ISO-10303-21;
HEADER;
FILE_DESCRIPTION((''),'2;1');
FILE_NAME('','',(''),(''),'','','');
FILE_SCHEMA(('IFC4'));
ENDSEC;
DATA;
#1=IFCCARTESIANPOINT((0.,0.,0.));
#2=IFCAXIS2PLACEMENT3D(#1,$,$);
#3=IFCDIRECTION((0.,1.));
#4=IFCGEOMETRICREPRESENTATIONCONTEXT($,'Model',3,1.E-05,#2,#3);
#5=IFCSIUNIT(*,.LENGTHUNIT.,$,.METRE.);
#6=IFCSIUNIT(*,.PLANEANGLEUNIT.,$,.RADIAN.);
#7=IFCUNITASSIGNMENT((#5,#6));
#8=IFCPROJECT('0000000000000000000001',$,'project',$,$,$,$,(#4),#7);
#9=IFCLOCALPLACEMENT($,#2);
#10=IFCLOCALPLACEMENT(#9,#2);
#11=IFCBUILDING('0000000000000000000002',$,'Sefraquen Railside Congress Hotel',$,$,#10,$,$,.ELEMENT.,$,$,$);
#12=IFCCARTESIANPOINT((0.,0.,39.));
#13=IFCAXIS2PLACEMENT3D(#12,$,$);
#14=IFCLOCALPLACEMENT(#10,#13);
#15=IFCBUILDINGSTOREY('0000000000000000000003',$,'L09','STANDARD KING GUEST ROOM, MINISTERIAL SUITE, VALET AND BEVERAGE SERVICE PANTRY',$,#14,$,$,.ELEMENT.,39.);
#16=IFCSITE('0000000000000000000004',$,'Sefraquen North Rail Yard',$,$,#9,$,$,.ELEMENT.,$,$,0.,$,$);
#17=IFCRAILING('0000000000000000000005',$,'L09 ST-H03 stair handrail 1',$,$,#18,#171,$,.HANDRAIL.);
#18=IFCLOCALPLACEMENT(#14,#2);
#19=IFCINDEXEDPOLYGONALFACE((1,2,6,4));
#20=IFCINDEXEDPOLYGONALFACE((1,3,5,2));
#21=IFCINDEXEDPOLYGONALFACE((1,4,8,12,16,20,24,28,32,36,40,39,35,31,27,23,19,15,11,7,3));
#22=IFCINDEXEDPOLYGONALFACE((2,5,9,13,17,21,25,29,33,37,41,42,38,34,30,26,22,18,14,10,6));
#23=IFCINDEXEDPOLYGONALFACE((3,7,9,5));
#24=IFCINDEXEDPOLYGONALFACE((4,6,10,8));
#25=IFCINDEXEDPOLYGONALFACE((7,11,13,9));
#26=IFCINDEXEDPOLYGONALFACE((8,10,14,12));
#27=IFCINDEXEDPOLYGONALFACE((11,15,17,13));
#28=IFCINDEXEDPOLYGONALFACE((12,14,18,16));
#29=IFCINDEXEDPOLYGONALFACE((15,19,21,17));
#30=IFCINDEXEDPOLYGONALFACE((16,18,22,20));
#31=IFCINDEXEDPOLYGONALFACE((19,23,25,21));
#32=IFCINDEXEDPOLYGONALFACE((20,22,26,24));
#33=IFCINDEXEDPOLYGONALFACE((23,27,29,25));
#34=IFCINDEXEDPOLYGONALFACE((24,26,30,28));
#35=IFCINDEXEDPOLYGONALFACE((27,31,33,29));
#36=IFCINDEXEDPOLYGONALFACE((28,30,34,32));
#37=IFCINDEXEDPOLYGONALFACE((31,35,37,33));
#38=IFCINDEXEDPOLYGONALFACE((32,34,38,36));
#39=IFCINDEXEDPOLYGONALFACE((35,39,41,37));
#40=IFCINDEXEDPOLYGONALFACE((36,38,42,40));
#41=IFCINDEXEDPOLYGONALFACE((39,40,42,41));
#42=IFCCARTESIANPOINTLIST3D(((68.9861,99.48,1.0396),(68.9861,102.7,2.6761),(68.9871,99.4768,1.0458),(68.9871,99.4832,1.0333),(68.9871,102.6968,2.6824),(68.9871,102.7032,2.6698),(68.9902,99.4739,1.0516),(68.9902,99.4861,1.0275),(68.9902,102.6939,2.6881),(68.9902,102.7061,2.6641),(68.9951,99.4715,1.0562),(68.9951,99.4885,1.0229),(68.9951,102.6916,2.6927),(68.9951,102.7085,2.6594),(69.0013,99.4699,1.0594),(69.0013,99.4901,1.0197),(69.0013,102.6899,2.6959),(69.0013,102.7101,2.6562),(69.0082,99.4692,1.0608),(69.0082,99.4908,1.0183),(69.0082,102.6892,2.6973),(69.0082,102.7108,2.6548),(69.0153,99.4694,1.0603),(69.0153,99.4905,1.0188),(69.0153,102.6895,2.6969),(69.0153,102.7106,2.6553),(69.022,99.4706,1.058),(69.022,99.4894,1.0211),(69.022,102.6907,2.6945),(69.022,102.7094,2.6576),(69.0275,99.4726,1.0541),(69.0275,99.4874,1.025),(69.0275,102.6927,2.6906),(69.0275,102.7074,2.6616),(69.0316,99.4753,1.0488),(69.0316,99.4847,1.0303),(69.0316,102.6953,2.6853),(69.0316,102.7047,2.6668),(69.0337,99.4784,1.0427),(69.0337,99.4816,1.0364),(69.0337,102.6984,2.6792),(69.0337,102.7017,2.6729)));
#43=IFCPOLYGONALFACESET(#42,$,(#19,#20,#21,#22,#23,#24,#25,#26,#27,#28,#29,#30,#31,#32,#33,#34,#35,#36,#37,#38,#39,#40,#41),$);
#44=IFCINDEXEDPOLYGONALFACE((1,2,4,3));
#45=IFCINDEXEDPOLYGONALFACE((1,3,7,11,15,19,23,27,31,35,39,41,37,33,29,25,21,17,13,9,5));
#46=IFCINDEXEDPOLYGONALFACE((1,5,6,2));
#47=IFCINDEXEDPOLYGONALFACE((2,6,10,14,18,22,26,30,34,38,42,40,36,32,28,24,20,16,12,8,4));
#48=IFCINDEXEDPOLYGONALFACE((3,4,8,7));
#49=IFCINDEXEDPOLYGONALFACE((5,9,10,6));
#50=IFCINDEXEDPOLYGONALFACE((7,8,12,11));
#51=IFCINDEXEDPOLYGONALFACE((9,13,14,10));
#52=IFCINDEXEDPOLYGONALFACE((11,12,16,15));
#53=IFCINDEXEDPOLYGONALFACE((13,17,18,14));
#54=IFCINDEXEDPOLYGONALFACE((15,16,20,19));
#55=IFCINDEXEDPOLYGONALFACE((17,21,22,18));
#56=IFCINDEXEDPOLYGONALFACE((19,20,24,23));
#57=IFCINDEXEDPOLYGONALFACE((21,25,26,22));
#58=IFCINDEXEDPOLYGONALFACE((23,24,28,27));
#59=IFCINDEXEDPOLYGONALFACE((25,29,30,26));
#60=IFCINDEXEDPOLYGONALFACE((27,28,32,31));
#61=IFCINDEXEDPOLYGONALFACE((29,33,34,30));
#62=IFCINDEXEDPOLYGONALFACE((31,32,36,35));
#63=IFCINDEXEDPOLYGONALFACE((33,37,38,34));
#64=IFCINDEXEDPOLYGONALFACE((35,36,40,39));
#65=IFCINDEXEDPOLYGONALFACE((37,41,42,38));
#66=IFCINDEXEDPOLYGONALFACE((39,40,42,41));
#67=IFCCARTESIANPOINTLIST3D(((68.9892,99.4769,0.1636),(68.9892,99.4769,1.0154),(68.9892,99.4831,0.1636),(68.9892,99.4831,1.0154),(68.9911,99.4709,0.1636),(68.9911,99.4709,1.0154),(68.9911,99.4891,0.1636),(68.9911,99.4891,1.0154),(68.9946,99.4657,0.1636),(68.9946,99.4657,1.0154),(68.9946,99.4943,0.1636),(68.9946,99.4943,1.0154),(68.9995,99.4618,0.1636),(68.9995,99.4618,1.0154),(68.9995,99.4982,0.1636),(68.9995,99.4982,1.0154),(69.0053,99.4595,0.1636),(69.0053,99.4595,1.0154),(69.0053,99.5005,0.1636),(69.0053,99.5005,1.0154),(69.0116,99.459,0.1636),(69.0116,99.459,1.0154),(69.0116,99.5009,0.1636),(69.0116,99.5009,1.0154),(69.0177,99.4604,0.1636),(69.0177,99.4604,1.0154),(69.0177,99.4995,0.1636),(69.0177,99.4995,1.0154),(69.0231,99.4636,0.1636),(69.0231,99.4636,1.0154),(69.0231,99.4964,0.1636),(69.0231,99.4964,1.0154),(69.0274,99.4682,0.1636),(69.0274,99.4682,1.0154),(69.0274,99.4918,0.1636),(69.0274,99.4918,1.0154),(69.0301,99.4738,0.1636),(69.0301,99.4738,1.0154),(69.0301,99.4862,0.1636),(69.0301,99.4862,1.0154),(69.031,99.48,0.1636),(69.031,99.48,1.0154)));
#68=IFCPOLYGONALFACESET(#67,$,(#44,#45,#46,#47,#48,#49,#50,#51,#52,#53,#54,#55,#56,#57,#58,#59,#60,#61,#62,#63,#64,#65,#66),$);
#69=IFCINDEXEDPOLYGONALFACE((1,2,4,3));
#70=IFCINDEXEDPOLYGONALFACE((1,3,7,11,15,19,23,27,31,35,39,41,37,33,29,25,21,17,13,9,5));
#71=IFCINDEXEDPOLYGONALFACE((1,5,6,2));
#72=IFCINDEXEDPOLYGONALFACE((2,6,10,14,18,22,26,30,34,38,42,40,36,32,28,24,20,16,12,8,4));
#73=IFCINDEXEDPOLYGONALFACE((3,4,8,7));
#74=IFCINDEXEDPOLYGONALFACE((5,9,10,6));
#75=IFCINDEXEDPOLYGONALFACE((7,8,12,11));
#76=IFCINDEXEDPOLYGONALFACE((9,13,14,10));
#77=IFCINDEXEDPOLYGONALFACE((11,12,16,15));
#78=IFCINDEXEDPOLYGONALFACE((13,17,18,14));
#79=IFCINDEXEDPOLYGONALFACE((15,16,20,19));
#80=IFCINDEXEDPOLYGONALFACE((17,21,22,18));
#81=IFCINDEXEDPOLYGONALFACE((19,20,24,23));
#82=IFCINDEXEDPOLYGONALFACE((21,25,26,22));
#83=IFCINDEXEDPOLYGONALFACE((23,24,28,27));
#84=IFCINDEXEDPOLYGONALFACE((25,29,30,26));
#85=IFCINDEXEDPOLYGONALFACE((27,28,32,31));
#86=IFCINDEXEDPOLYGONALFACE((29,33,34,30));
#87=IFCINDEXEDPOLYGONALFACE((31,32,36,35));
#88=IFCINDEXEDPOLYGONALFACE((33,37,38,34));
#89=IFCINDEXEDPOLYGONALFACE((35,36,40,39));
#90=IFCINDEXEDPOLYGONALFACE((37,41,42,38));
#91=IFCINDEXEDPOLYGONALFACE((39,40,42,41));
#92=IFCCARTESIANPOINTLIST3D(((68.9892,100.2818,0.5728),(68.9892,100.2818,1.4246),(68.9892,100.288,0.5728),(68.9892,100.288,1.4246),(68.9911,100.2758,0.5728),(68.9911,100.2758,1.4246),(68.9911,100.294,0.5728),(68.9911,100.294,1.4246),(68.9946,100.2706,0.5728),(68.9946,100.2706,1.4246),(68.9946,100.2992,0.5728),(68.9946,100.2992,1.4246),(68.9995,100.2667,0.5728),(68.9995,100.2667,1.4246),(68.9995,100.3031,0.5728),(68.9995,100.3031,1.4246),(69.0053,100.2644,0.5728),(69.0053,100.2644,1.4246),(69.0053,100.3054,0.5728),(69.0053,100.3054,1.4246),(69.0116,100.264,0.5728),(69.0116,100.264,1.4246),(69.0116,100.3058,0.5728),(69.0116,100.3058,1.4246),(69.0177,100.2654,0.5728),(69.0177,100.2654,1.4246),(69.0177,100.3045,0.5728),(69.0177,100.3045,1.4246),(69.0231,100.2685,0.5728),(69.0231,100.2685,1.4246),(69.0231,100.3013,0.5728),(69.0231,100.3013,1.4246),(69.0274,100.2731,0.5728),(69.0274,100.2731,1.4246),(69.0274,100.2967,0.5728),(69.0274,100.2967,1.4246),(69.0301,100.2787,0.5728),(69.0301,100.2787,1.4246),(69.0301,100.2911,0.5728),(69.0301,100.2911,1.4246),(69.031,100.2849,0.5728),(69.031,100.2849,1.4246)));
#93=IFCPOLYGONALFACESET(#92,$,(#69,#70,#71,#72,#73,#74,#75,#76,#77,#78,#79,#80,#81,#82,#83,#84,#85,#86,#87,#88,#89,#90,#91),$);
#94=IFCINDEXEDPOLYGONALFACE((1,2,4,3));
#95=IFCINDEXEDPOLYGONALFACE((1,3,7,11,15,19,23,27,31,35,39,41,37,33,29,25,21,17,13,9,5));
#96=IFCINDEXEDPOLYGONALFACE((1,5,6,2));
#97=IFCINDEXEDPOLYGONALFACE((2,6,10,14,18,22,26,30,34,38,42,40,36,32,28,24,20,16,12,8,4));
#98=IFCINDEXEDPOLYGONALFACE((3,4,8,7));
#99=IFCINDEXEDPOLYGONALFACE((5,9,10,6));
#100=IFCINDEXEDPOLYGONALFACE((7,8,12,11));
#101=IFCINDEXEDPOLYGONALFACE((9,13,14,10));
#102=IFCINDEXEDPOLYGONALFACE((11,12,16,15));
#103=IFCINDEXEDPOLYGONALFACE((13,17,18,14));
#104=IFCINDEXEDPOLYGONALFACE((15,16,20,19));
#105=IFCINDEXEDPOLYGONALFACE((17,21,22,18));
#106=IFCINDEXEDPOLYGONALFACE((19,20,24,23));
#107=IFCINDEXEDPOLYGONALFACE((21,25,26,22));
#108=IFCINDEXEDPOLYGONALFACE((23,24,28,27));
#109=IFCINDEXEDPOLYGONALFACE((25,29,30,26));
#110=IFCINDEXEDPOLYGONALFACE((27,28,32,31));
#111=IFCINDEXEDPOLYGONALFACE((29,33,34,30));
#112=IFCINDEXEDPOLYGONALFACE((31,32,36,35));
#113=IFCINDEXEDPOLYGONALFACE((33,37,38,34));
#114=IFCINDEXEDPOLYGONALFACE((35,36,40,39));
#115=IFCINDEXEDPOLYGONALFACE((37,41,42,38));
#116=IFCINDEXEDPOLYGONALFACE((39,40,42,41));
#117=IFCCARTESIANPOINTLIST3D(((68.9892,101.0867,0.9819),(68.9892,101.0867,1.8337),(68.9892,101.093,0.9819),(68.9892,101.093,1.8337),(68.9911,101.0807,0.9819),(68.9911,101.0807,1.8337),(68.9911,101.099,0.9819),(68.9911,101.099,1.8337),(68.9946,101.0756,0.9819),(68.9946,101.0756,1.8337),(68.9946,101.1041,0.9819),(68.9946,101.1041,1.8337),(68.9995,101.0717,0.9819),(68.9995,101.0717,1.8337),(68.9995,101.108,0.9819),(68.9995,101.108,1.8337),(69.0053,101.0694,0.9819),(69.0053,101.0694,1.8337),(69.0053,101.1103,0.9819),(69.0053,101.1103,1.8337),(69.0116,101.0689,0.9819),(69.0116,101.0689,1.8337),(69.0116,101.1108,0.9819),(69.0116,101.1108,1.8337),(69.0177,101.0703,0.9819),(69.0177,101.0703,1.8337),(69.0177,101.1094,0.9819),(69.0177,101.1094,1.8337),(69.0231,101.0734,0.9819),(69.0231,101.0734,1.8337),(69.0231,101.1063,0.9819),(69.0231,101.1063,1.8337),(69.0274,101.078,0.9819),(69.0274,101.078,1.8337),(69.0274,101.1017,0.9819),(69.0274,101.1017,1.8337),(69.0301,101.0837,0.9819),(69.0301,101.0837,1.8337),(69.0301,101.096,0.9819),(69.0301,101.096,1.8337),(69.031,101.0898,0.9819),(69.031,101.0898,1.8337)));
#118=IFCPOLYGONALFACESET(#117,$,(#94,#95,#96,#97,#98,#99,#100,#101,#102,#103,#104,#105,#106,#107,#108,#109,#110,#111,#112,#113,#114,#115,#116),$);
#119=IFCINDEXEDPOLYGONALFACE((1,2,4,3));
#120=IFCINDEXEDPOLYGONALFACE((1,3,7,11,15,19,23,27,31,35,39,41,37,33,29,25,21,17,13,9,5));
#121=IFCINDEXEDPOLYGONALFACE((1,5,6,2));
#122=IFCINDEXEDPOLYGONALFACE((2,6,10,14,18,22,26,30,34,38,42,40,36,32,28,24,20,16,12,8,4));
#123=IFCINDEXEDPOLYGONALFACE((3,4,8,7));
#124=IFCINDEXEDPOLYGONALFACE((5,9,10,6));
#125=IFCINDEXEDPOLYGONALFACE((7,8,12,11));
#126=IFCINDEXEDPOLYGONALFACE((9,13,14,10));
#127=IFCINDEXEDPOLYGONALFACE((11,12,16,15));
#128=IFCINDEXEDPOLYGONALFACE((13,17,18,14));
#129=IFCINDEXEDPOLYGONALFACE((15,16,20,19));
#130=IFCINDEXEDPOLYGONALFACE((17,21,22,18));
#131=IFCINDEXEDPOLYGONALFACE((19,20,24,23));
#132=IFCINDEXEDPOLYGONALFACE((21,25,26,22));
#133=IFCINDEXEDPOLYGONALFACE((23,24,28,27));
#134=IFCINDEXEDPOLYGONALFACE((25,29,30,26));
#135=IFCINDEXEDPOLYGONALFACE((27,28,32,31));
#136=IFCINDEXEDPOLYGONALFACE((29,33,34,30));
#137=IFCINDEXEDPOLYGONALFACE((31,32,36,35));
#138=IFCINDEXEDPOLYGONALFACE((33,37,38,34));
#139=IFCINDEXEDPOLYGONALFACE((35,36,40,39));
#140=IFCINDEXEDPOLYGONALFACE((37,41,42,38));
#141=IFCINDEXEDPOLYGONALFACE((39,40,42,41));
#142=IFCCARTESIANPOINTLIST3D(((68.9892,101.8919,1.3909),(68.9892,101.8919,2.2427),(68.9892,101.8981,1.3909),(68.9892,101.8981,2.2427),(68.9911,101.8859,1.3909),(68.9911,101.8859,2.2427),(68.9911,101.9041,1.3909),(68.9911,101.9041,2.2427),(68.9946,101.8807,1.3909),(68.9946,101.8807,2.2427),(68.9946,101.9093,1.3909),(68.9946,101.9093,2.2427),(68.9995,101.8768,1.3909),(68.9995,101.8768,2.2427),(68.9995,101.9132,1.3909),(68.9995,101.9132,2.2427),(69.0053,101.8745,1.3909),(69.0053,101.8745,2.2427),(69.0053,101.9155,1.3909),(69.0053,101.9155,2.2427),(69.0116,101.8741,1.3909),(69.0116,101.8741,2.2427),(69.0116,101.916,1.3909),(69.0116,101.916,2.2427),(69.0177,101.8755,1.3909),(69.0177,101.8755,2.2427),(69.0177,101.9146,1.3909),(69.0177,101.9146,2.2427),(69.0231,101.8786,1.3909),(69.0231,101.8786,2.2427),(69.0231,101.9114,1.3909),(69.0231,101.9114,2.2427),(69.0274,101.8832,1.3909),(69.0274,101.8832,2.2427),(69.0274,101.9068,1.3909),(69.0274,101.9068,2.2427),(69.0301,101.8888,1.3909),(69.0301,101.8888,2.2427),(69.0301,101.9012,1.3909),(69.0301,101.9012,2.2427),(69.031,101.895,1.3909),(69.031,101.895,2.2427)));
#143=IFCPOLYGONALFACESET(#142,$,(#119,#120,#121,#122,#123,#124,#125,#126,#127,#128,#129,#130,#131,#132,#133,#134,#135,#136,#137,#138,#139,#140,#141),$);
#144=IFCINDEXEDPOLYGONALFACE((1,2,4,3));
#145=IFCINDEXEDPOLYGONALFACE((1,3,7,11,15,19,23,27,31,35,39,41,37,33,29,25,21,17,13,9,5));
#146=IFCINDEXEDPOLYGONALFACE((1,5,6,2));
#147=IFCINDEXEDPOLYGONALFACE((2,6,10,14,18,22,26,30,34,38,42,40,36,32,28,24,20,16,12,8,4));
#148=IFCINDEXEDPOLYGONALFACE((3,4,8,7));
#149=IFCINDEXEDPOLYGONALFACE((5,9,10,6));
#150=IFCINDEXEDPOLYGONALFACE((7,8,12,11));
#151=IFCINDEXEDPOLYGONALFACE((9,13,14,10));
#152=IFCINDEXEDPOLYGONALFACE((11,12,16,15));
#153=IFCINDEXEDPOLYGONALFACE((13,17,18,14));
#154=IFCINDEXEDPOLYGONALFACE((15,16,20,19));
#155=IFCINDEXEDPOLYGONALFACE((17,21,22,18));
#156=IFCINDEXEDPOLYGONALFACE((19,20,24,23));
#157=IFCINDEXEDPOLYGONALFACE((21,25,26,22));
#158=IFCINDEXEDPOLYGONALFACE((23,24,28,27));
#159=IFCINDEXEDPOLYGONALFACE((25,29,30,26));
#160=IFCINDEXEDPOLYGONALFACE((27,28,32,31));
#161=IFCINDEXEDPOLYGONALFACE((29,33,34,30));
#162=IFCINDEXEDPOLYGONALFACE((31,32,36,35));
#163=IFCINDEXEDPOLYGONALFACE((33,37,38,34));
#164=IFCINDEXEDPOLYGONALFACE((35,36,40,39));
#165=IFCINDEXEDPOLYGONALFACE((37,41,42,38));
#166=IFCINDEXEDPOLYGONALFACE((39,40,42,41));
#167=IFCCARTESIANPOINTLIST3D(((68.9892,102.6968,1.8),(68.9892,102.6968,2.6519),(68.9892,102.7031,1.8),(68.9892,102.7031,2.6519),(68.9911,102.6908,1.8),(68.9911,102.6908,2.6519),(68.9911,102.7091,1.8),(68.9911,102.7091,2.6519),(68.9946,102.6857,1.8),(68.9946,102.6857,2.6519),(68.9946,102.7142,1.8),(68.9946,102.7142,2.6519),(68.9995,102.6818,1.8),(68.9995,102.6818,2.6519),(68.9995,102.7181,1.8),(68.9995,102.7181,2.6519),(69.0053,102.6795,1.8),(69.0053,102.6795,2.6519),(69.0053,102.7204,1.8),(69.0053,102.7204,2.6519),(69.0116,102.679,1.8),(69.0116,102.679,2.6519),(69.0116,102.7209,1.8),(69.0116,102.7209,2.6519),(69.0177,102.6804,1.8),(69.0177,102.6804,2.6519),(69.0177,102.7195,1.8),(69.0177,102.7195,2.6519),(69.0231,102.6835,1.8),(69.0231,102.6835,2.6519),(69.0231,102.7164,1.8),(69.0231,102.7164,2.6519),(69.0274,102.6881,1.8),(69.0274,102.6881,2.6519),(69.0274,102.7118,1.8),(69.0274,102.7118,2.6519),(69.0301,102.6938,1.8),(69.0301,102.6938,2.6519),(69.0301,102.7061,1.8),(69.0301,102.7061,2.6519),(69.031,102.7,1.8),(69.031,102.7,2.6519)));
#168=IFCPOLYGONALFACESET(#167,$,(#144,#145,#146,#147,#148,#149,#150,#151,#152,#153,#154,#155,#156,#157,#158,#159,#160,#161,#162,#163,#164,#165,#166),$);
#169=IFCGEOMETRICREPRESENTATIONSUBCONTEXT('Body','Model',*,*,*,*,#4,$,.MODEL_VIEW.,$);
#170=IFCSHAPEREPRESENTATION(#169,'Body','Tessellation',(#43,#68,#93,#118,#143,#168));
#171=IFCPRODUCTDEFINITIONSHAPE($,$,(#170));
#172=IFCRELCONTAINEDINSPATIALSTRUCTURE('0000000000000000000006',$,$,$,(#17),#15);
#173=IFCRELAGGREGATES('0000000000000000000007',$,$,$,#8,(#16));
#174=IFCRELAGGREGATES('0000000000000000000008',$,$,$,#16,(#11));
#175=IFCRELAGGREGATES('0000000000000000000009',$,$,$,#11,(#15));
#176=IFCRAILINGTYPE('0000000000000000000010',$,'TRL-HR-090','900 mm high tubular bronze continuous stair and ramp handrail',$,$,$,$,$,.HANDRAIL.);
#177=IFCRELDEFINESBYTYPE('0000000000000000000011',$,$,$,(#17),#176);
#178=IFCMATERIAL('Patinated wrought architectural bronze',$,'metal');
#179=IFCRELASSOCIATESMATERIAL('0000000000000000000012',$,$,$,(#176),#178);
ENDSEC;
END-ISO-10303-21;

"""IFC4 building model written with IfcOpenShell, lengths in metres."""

from ifc_helpers import new_model, si_unit, direction, frame, origin, origin_2d, place, context, subcontext, project, spatial, circle, extrude, material, type_object, element, save


model = new_model("IFC4")

# Units and contexts
model_context = context("Model", 3, precision=1e-05, world=origin(), true_north=direction((0.0, 1.0)))
body_context = subcontext(model_context, "Body", "Model", "MODEL_VIEW")
ifc_project = project(units=[si_unit("LENGTHUNIT", "METRE"), si_unit("PLANEANGLEUNIT", "RADIAN")], contexts=[model_context])

# Site, building, storey
site_placement = place(None, origin())
site = spatial("IfcSite", under=ifc_project, at=site_placement, Name="Sefraquen North Rail Yard", CompositionType="ELEMENT", RefElevation=0.0)
building_placement = place(site_placement, origin())
building = spatial("IfcBuilding", under=site, at=building_placement, Name="Sefraquen Railside Congress Hotel", CompositionType="ELEMENT")
storey_placement = place(building_placement, frame((0.0, 0.0, 39.0)))
storey = spatial("IfcBuildingStorey", under=building, at=storey_placement, Name="L09", Description="STANDARD KING GUEST ROOM, MINISTERIAL SUITE, VALET AND BEVERAGE SERVICE PANTRY", CompositionType="ELEMENT", Elevation=39.0)

# Railing
ifc_material_1 = material(Name="Patinated wrought architectural bronze", Category="metal")
railing_type_1 = type_object("IfcRailingType", Name="TRL-HR-090", Description="900 mm high tubular bronze continuous stair and ramp handrail", PredefinedType="HANDRAIL", material=ifc_material_1)
railing_1_placement = place(storey_placement, frame((69.01, 99.48, 0.1636)))
element("IfcRailing", 1, at=railing_1_placement, inside=storey, type_object=railing_type_1, Name="L09 ST-H03 stair handrail 1", PredefinedType="HANDRAIL", context=body_context, shape_type="SweptSolid", body=[
    extrude(circle(Radius=0.0239, at=origin_2d()), frame((0.0, 0.0, 0.876), z_axis=(0.0, 0.891474, 0.453071), x_axis=(-1.0, 0.0, 0.0)), (0.0, 0.0, 1.0), 3.6121),
    extrude(circle(Radius=0.021, at=origin_2d()), origin(), (0.0, 0.0, 1.0), 0.8518),
    extrude(circle(Radius=0.021, at=origin_2d()), frame((0.0, 0.8049, 0.4092)), (0.0, 0.0, 1.0), 0.8518),
    extrude(circle(Radius=0.021, at=origin_2d()), frame((0.0, 1.6099, 0.8184)), (0.0, 0.0, 1.0), 0.8518),
    extrude(circle(Radius=0.021, at=origin_2d()), frame((0.0, 2.415, 1.2273)), (0.0, 0.0, 1.0), 0.8518),
    extrude(circle(Radius=0.021, at=origin_2d()), frame((0.0, 3.22, 1.6365)), (0.0, 0.0, 1.0), 0.8518),
])

save(model, "model.ifc")
